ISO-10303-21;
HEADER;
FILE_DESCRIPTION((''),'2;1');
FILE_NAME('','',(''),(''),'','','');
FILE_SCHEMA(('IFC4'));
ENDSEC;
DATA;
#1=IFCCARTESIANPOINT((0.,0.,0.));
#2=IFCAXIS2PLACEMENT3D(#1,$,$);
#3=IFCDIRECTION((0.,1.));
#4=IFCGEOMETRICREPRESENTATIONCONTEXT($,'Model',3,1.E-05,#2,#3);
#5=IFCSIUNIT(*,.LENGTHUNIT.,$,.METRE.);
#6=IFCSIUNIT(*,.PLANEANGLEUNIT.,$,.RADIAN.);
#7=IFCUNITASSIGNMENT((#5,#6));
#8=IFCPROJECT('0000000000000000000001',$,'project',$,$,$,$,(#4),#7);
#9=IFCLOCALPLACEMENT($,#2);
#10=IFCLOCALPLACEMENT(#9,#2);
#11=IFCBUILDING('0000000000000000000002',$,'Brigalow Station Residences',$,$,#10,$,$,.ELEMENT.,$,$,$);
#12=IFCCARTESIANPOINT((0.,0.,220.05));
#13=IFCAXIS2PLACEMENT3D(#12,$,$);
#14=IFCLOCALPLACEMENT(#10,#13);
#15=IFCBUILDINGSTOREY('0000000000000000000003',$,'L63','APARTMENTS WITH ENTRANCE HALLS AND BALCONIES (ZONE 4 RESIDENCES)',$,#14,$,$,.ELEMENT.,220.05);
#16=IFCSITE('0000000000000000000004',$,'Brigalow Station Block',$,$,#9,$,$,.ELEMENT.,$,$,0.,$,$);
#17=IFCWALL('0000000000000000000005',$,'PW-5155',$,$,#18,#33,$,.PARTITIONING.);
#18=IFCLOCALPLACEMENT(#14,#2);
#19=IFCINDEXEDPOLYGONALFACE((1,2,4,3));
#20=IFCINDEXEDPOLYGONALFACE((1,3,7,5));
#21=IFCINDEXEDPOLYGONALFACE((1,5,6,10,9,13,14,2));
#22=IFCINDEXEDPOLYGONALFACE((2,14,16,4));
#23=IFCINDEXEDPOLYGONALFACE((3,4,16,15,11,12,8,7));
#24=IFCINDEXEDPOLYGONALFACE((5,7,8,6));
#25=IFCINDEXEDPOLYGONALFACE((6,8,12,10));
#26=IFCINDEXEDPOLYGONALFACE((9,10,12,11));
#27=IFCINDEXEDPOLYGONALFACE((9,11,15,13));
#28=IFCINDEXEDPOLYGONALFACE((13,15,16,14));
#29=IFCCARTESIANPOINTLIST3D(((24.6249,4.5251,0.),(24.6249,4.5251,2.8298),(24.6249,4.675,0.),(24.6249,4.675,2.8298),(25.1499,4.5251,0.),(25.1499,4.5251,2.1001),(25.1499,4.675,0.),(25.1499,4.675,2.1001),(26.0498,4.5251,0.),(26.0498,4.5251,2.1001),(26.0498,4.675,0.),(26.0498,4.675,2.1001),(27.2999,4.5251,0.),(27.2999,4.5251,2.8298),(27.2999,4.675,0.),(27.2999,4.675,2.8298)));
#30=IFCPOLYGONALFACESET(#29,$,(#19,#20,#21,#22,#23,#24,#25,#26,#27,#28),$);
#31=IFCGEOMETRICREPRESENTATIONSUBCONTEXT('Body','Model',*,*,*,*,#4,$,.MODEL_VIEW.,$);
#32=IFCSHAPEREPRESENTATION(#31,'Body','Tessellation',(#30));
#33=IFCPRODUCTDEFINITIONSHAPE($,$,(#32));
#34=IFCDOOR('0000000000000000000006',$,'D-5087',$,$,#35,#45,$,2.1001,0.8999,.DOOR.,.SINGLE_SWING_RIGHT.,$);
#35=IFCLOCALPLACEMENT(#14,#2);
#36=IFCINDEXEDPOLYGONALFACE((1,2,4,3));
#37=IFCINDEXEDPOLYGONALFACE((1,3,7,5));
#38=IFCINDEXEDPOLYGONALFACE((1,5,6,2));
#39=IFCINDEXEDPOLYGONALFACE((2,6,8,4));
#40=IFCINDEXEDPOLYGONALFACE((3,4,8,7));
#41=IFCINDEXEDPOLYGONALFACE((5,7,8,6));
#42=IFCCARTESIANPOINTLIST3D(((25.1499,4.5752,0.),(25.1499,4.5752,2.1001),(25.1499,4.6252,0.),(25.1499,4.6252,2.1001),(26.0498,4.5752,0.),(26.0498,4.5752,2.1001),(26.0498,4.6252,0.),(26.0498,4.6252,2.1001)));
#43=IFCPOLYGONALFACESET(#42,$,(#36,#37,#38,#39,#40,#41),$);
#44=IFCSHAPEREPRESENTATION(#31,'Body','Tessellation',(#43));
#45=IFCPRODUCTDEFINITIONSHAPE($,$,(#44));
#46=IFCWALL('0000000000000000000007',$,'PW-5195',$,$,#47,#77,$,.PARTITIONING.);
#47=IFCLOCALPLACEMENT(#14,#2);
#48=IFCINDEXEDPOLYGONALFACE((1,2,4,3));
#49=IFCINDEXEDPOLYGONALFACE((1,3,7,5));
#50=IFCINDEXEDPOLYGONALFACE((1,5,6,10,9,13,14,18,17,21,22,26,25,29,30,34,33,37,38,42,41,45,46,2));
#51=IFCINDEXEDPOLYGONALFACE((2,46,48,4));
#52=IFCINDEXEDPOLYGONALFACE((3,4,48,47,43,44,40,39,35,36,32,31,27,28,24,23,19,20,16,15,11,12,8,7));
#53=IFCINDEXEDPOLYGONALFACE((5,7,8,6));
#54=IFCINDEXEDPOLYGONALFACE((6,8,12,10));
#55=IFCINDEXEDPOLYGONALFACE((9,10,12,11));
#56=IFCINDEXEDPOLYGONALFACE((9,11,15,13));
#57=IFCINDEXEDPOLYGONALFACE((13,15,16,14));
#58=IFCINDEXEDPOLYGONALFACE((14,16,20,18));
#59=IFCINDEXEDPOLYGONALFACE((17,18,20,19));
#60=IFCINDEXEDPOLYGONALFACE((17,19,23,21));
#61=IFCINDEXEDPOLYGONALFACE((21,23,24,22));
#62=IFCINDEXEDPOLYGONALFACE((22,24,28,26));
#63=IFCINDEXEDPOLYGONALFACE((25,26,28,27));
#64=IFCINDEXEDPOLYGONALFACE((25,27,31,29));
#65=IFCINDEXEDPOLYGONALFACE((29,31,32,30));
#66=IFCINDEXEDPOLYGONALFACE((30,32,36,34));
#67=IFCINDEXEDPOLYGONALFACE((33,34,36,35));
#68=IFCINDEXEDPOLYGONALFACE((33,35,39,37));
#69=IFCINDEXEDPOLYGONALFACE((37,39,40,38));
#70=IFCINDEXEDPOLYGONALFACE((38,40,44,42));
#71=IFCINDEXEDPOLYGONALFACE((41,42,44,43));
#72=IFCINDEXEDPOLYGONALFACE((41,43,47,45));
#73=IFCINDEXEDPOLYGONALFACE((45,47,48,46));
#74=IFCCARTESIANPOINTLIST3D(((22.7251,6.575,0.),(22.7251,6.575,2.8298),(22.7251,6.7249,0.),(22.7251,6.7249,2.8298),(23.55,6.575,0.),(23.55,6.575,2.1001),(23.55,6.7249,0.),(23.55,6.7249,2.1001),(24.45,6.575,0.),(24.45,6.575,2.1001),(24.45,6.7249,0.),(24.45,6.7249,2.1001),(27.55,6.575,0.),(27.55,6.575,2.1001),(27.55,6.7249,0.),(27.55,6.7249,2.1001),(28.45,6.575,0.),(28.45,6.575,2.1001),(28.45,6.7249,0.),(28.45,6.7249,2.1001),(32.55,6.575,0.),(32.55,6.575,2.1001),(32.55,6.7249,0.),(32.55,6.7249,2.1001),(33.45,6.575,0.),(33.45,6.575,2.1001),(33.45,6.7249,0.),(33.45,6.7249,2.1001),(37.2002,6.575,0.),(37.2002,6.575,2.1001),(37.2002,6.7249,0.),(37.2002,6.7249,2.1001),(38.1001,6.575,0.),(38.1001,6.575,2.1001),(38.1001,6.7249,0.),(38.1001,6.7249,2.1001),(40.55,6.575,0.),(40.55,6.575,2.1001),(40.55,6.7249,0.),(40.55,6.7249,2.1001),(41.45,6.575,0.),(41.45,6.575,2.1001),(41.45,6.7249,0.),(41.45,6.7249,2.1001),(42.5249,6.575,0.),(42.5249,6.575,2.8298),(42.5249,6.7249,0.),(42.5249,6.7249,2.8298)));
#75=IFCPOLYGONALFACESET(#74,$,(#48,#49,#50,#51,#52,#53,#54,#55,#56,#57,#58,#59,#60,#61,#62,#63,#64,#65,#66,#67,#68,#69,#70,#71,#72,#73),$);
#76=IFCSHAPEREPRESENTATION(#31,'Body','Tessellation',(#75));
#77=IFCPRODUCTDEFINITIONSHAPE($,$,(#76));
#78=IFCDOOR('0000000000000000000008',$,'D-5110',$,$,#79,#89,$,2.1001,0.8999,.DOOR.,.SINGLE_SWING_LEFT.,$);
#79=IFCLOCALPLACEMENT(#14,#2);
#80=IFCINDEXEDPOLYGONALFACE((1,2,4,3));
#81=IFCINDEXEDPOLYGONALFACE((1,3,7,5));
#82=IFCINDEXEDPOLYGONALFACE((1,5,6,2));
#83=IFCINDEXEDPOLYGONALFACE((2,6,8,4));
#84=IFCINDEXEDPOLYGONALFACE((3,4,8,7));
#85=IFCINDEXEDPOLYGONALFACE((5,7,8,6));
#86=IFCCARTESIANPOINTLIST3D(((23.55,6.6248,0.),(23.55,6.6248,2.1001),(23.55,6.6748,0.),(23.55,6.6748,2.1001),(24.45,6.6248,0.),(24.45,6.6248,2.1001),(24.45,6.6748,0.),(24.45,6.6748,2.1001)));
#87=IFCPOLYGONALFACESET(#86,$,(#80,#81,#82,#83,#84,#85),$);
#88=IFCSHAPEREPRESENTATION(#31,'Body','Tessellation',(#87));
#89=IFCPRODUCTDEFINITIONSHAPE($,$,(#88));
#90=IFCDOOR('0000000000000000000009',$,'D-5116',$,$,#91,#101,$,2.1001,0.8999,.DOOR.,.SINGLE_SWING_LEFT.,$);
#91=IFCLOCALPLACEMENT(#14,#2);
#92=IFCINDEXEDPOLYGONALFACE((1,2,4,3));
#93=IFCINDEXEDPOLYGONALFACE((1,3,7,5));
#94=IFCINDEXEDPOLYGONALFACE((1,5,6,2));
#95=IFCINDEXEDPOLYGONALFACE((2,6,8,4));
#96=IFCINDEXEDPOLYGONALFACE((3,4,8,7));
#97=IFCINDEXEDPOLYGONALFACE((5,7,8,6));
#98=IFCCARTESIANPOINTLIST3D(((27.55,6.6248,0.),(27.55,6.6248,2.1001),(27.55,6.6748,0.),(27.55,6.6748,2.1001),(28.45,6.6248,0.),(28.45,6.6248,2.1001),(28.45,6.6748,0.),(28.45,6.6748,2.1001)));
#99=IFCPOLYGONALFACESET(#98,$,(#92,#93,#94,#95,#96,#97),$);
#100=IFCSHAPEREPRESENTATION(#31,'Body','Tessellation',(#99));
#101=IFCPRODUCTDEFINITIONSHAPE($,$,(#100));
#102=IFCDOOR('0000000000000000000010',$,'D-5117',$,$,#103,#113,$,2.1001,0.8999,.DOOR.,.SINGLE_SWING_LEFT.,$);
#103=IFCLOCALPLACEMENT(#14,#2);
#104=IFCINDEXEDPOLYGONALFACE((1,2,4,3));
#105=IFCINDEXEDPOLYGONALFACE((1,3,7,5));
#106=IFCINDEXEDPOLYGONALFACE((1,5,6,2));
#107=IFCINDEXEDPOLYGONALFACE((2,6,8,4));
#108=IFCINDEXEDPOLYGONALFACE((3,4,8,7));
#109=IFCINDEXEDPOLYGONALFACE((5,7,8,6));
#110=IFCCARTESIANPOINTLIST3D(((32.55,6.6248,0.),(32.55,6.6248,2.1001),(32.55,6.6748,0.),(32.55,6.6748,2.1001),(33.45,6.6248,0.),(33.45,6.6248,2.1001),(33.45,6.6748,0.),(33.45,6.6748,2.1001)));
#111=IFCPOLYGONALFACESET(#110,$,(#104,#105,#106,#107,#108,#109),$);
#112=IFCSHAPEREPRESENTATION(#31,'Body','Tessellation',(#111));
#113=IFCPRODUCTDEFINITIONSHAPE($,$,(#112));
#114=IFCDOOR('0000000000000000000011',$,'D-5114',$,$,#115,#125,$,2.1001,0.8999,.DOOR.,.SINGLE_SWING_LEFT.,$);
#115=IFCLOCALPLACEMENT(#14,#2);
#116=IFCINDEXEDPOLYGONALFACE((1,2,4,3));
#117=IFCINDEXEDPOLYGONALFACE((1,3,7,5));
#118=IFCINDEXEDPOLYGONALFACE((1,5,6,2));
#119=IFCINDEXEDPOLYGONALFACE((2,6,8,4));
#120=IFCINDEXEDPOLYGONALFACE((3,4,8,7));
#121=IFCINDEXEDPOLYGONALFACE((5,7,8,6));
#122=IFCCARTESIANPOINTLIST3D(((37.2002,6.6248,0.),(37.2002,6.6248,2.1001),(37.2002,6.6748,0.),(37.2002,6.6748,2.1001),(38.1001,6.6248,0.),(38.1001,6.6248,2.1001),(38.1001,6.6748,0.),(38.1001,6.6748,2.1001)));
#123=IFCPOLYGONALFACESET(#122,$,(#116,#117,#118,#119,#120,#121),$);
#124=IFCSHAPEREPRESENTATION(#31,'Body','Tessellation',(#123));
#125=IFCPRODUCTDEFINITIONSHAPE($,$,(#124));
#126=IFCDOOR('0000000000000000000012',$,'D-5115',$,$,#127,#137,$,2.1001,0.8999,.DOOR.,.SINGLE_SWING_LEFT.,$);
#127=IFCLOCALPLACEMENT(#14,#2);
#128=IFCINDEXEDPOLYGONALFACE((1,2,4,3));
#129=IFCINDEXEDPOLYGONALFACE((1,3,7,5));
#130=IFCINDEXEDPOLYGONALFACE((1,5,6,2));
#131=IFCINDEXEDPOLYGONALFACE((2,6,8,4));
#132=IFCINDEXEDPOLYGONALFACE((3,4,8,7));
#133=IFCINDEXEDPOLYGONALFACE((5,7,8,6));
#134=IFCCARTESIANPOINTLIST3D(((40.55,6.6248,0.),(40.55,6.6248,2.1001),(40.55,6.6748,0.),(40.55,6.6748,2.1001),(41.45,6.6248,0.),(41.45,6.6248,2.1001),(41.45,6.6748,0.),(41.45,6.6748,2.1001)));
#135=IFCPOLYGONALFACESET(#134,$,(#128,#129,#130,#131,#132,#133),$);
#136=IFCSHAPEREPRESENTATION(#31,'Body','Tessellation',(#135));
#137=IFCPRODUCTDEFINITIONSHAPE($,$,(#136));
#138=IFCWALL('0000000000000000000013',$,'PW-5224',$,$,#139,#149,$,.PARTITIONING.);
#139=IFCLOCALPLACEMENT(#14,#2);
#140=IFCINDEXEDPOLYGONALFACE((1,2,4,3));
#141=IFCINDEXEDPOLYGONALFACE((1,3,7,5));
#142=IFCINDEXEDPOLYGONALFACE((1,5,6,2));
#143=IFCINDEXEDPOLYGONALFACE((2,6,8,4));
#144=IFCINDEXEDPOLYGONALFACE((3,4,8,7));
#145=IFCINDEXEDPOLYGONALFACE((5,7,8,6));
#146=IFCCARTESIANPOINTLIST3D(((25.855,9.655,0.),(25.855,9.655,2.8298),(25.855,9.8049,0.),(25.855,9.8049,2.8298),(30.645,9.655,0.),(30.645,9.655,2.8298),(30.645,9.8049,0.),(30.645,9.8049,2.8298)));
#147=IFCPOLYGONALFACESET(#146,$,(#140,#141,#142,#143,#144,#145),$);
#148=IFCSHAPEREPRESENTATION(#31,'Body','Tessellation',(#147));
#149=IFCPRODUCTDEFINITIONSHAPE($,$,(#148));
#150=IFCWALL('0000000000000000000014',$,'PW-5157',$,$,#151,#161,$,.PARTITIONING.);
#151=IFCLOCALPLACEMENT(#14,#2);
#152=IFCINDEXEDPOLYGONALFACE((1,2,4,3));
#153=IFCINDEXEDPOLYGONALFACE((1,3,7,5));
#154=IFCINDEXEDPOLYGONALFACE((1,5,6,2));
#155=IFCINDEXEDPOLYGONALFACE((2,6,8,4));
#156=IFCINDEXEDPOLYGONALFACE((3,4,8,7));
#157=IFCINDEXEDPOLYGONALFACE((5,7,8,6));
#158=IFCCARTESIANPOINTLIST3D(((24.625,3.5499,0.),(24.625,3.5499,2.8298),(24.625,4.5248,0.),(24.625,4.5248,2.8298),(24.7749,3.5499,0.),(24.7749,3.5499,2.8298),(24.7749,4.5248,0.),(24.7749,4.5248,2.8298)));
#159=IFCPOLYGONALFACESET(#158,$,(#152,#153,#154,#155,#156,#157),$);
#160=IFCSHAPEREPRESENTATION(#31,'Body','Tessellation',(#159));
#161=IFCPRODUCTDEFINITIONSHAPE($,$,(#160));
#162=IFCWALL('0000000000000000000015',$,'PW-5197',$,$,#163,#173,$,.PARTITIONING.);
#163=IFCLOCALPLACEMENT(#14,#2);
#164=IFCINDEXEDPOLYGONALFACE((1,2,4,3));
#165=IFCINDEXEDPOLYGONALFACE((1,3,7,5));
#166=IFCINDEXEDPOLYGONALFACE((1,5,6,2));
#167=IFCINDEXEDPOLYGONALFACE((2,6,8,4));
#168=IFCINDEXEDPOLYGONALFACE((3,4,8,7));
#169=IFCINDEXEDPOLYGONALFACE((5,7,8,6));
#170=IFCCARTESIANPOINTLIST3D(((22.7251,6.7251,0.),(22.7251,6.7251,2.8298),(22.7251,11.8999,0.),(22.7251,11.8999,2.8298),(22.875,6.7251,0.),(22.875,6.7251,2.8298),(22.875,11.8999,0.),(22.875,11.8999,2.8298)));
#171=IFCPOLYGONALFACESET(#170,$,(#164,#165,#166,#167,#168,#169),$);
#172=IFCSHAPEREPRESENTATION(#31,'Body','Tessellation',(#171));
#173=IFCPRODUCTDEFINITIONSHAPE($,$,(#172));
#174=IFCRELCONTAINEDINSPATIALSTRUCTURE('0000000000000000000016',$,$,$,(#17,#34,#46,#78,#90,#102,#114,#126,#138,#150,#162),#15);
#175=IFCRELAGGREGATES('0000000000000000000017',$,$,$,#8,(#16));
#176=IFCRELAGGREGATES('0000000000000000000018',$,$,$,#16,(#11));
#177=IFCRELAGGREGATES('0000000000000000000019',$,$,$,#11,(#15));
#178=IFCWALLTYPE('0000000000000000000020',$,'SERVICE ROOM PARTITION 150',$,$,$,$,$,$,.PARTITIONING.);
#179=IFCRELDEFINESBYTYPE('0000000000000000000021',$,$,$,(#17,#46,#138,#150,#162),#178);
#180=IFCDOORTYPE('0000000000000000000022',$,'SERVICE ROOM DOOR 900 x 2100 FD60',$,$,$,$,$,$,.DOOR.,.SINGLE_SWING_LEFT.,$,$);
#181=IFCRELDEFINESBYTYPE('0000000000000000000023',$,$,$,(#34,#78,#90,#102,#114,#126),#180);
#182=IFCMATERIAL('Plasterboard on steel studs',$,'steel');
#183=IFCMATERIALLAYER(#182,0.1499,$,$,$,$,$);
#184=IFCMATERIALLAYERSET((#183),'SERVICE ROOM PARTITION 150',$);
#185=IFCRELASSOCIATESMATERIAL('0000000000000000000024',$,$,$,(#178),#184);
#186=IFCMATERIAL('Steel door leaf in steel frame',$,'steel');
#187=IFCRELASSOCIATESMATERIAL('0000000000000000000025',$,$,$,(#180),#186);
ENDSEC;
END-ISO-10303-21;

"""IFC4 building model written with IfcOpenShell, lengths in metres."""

from ifc_helpers import new_model, si_unit, direction, frame, frame_2d, origin, place, context, subcontext, project, spatial, rectangle, extrude, material, layer, layer_set, type_object, element, fill, save


model = new_model("IFC4")

# Units and contexts
model_context = context("Model", 3, precision=1e-05, world=origin(), true_north=direction((0.0, 1.0)))
body_context = subcontext(model_context, "Body", "Model", "MODEL_VIEW")
ifc_project = project(units=[si_unit("LENGTHUNIT", "METRE"), si_unit("PLANEANGLEUNIT", "RADIAN")], contexts=[model_context])

# Site, building, storey
site_placement = place(None, origin())
site = spatial("IfcSite", under=ifc_project, at=site_placement, Name="Brigalow Station Block", CompositionType="ELEMENT", RefElevation=0.0)
building_placement = place(site_placement, origin())
building = spatial("IfcBuilding", under=site, at=building_placement, Name="Brigalow Station Residences", CompositionType="ELEMENT")
storey_placement = place(building_placement, frame((0.0, 0.0, 220.05)))
storey = spatial("IfcBuildingStorey", under=building, at=storey_placement, Name="L63", Description="APARTMENTS WITH ENTRANCE HALLS AND BALCONIES (ZONE 4 RESIDENCES)", CompositionType="ELEMENT", Elevation=220.05)

# Wall, opening, door
ifc_material_1 = material(Name="Plasterboard on steel studs", Category="steel")
ifc_layer = layer(ifc_material_1, 0.1499)
ifc_layer_set = layer_set([ifc_layer], Name="SERVICE ROOM PARTITION 150")
wall_type = type_object("IfcWallType", Name="SERVICE ROOM PARTITION 150", PredefinedType="PARTITIONING", material=ifc_layer_set)
wall_1_placement = place(storey_placement, frame((24.625, 4.6001, 0.0), z_axis=(0.0, 0.0, 1.0), x_axis=(1.0, 0.0, 0.0)))
wall_1 = element("IfcWall", 1, at=wall_1_placement, inside=storey, type_object=wall_type, Name="PW-5155", PredefinedType="PARTITIONING", context=body_context, shape_type="SweptSolid", body=[
    extrude(rectangle(XDim=2.675, YDim=0.1499, at=frame_2d((1.3374, 0.0))), origin(), (0.0, 0.0, 1.0), 2.8298),
])
opening_1_placement = place(wall_1_placement, frame((0.5249, 0.0, 0.0)))
opening_1 = element("IfcOpeningElement", 2, at=opening_1_placement, cuts=wall_1, PredefinedType="OPENING", context=body_context, shape_type="SweptSolid", body=[
    extrude(rectangle(XDim=0.8999, YDim=2.1001, at=frame_2d((0.45, 1.05))), frame((0.0, 0.085, 0.0), z_axis=(0.0, -1.0, 0.0), x_axis=(1.0, 0.0, 0.0)), (0.0, 0.0, 1.0), 0.1699),
])
ifc_material_2 = material(Name="Steel door leaf in steel frame", Category="steel")
door_type = type_object("IfcDoorType", Name="SERVICE ROOM DOOR 900 x 2100 FD60", OperationType="SINGLE_SWING_LEFT", PredefinedType="DOOR", material=ifc_material_2)
door_1_placement = place(opening_1_placement, frame((0.8999, 0.0, 0.0), z_axis=(0.0, 0.0, 1.0), x_axis=(-1.0, 0.0, 0.0)))
door_1 = element("IfcDoor", 3, at=door_1_placement, inside=storey, type_object=door_type, Name="D-5087", OperationType="SINGLE_SWING_RIGHT", OverallHeight=2.1001, OverallWidth=0.8999, PredefinedType="DOOR", context=body_context, shape_type="SweptSolid", body=[
    extrude(rectangle(XDim=0.8999, YDim=2.1001, at=frame_2d((0.45, 1.05))), frame((0.0, 0.0249, 0.0), z_axis=(0.0, -1.0, 0.0), x_axis=(1.0, 0.0, 0.0)), (0.0, 0.0, 1.0), 0.05),
])
fill(opening_1, door_1)

# Wall, openings, doors
wall_2_placement = place(storey_placement, frame((22.7251, 6.6499, 0.0), z_axis=(0.0, 0.0, 1.0), x_axis=(1.0, 0.0, 0.0)))
wall_2 = element("IfcWall", 4, at=wall_2_placement, inside=storey, type_object=wall_type, Name="PW-5195", PredefinedType="PARTITIONING", context=body_context, shape_type="SweptSolid", body=[
    extrude(rectangle(XDim=19.7998, YDim=0.1499, at=frame_2d((9.8999, 0.0))), origin(), (0.0, 0.0, 1.0), 2.8298),
])
opening_2_placement = place(wall_2_placement, frame((0.825, 0.0, 0.0)))
opening_2 = element("IfcOpeningElement", 5, at=opening_2_placement, cuts=wall_2, PredefinedType="OPENING", context=body_context, shape_type="SweptSolid", body=[
    extrude(rectangle(XDim=0.8999, YDim=2.1001, at=frame_2d((0.45, 1.05))), frame((0.0, 0.085, 0.0), z_axis=(0.0, -1.0, 0.0), x_axis=(1.0, 0.0, 0.0)), (0.0, 0.0, 1.0), 0.1699),
])
opening_3_placement = place(wall_2_placement, frame((4.825, 0.0, 0.0)))
opening_3 = element("IfcOpeningElement", 6, at=opening_3_placement, cuts=wall_2, PredefinedType="OPENING", context=body_context, shape_type="SweptSolid", body=[
    extrude(rectangle(XDim=0.8999, YDim=2.1001, at=frame_2d((0.45, 1.05))), frame((0.0, 0.085, 0.0), z_axis=(0.0, -1.0, 0.0), x_axis=(1.0, 0.0, 0.0)), (0.0, 0.0, 1.0), 0.1699),
])
opening_4_placement = place(wall_2_placement, frame((9.825, 0.0, 0.0)))
opening_4 = element("IfcOpeningElement", 7, at=opening_4_placement, cuts=wall_2, PredefinedType="OPENING", context=body_context, shape_type="SweptSolid", body=[
    extrude(rectangle(XDim=0.8999, YDim=2.1001, at=frame_2d((0.45, 1.05))), frame((0.0, 0.085, 0.0), z_axis=(0.0, -1.0, 0.0), x_axis=(1.0, 0.0, 0.0)), (0.0, 0.0, 1.0), 0.1699),
])
opening_5_placement = place(wall_2_placement, frame((14.4751, 0.0, 0.0)))
opening_5 = element("IfcOpeningElement", 8, at=opening_5_placement, cuts=wall_2, PredefinedType="OPENING", context=body_context, shape_type="SweptSolid", body=[
    extrude(rectangle(XDim=0.8999, YDim=2.1001, at=frame_2d((0.45, 1.05))), frame((0.0, 0.085, 0.0), z_axis=(0.0, -1.0, 0.0), x_axis=(1.0, 0.0, 0.0)), (0.0, 0.0, 1.0), 0.1699),
])
opening_6_placement = place(wall_2_placement, frame((17.825, 0.0, 0.0)))
opening_6 = element("IfcOpeningElement", 9, at=opening_6_placement, cuts=wall_2, PredefinedType="OPENING", context=body_context, shape_type="SweptSolid", body=[
    extrude(rectangle(XDim=0.8999, YDim=2.1001, at=frame_2d((0.45, 1.05))), frame((0.0, 0.085, 0.0), z_axis=(0.0, -1.0, 0.0), x_axis=(1.0, 0.0, 0.0)), (0.0, 0.0, 1.0), 0.1699),
])
door_2_placement = place(opening_2_placement, origin())
door_2 = element("IfcDoor", 10, at=door_2_placement, inside=storey, type_object=door_type, Name="D-5110", OperationType="SINGLE_SWING_LEFT", OverallHeight=2.1001, OverallWidth=0.8999, PredefinedType="DOOR", context=body_context, shape_type="SweptSolid", body=[
    extrude(rectangle(XDim=0.8999, YDim=2.1001, at=frame_2d((0.45, 1.05))), frame((0.0, 0.0249, 0.0), z_axis=(0.0, -1.0, 0.0), x_axis=(1.0, 0.0, 0.0)), (0.0, 0.0, 1.0), 0.05),
])
fill(opening_2, door_2)
door_3_placement = place(opening_3_placement, origin())
door_3 = element("IfcDoor", 11, at=door_3_placement, inside=storey, type_object=door_type, Name="D-5116", OperationType="SINGLE_SWING_LEFT", OverallHeight=2.1001, OverallWidth=0.8999, PredefinedType="DOOR", context=body_context, shape_type="SweptSolid", body=[
    extrude(rectangle(XDim=0.8999, YDim=2.1001, at=frame_2d((0.45, 1.05))), frame((0.0, 0.0249, 0.0), z_axis=(0.0, -1.0, 0.0), x_axis=(1.0, 0.0, 0.0)), (0.0, 0.0, 1.0), 0.05),
])
fill(opening_3, door_3)
door_4_placement = place(opening_4_placement, origin())
door_4 = element("IfcDoor", 12, at=door_4_placement, inside=storey, type_object=door_type, Name="D-5117", OperationType="SINGLE_SWING_LEFT", OverallHeight=2.1001, OverallWidth=0.8999, PredefinedType="DOOR", context=body_context, shape_type="SweptSolid", body=[
    extrude(rectangle(XDim=0.8999, YDim=2.1001, at=frame_2d((0.45, 1.05))), frame((0.0, 0.0249, 0.0), z_axis=(0.0, -1.0, 0.0), x_axis=(1.0, 0.0, 0.0)), (0.0, 0.0, 1.0), 0.05),
])
fill(opening_4, door_4)
door_5_placement = place(opening_5_placement, origin())
door_5 = element("IfcDoor", 13, at=door_5_placement, inside=storey, type_object=door_type, Name="D-5114", OperationType="SINGLE_SWING_LEFT", OverallHeight=2.1001, OverallWidth=0.8999, PredefinedType="DOOR", context=body_context, shape_type="SweptSolid", body=[
    extrude(rectangle(XDim=0.8999, YDim=2.1001, at=frame_2d((0.45, 1.05))), frame((0.0, 0.0249, 0.0), z_axis=(0.0, -1.0, 0.0), x_axis=(1.0, 0.0, 0.0)), (0.0, 0.0, 1.0), 0.05),
])
fill(opening_5, door_5)
door_6_placement = place(opening_6_placement, origin())
door_6 = element("IfcDoor", 14, at=door_6_placement, inside=storey, type_object=door_type, Name="D-5115", OperationType="SINGLE_SWING_LEFT", OverallHeight=2.1001, OverallWidth=0.8999, PredefinedType="DOOR", context=body_context, shape_type="SweptSolid", body=[
    extrude(rectangle(XDim=0.8999, YDim=2.1001, at=frame_2d((0.45, 1.05))), frame((0.0, 0.0249, 0.0), z_axis=(0.0, -1.0, 0.0), x_axis=(1.0, 0.0, 0.0)), (0.0, 0.0, 1.0), 0.05),
])
fill(opening_6, door_6)

# Walls
wall_3_placement = place(storey_placement, frame((25.855, 9.73, 0.0), z_axis=(0.0, 0.0, 1.0), x_axis=(1.0, 0.0, 0.0)))
element("IfcWall", 15, at=wall_3_placement, inside=storey, type_object=wall_type, Name="PW-5224", PredefinedType="PARTITIONING", context=body_context, shape_type="SweptSolid", body=[
    extrude(rectangle(XDim=4.79, YDim=0.1499, at=frame_2d((2.395, 0.0))), origin(), (0.0, 0.0, 1.0), 2.8298),
])
wall_4_placement = place(storey_placement, frame((24.7, 3.55, 0.0), z_axis=(0.0, 0.0, 1.0), x_axis=(0.0, 1.0, 0.0)))
element("IfcWall", 16, at=wall_4_placement, inside=storey, type_object=wall_type, Name="PW-5157", PredefinedType="PARTITIONING", context=body_context, shape_type="SweptSolid", body=[
    extrude(rectangle(XDim=0.9749, YDim=0.1499, at=frame_2d((0.4873, 0.0))), origin(), (0.0, 0.0, 1.0), 2.8298),
])
wall_5_placement = place(storey_placement, frame((22.8, 6.7251, 0.0), z_axis=(0.0, 0.0, 1.0), x_axis=(0.0, 1.0, 0.0)))
element("IfcWall", 17, at=wall_5_placement, inside=storey, type_object=wall_type, Name="PW-5197", PredefinedType="PARTITIONING", context=body_context, shape_type="SweptSolid", body=[
    extrude(rectangle(XDim=5.1748, YDim=0.1499, at=frame_2d((2.5874, 0.0))), origin(), (0.0, 0.0, 1.0), 2.8298),
])

save(model, "model.ifc")
